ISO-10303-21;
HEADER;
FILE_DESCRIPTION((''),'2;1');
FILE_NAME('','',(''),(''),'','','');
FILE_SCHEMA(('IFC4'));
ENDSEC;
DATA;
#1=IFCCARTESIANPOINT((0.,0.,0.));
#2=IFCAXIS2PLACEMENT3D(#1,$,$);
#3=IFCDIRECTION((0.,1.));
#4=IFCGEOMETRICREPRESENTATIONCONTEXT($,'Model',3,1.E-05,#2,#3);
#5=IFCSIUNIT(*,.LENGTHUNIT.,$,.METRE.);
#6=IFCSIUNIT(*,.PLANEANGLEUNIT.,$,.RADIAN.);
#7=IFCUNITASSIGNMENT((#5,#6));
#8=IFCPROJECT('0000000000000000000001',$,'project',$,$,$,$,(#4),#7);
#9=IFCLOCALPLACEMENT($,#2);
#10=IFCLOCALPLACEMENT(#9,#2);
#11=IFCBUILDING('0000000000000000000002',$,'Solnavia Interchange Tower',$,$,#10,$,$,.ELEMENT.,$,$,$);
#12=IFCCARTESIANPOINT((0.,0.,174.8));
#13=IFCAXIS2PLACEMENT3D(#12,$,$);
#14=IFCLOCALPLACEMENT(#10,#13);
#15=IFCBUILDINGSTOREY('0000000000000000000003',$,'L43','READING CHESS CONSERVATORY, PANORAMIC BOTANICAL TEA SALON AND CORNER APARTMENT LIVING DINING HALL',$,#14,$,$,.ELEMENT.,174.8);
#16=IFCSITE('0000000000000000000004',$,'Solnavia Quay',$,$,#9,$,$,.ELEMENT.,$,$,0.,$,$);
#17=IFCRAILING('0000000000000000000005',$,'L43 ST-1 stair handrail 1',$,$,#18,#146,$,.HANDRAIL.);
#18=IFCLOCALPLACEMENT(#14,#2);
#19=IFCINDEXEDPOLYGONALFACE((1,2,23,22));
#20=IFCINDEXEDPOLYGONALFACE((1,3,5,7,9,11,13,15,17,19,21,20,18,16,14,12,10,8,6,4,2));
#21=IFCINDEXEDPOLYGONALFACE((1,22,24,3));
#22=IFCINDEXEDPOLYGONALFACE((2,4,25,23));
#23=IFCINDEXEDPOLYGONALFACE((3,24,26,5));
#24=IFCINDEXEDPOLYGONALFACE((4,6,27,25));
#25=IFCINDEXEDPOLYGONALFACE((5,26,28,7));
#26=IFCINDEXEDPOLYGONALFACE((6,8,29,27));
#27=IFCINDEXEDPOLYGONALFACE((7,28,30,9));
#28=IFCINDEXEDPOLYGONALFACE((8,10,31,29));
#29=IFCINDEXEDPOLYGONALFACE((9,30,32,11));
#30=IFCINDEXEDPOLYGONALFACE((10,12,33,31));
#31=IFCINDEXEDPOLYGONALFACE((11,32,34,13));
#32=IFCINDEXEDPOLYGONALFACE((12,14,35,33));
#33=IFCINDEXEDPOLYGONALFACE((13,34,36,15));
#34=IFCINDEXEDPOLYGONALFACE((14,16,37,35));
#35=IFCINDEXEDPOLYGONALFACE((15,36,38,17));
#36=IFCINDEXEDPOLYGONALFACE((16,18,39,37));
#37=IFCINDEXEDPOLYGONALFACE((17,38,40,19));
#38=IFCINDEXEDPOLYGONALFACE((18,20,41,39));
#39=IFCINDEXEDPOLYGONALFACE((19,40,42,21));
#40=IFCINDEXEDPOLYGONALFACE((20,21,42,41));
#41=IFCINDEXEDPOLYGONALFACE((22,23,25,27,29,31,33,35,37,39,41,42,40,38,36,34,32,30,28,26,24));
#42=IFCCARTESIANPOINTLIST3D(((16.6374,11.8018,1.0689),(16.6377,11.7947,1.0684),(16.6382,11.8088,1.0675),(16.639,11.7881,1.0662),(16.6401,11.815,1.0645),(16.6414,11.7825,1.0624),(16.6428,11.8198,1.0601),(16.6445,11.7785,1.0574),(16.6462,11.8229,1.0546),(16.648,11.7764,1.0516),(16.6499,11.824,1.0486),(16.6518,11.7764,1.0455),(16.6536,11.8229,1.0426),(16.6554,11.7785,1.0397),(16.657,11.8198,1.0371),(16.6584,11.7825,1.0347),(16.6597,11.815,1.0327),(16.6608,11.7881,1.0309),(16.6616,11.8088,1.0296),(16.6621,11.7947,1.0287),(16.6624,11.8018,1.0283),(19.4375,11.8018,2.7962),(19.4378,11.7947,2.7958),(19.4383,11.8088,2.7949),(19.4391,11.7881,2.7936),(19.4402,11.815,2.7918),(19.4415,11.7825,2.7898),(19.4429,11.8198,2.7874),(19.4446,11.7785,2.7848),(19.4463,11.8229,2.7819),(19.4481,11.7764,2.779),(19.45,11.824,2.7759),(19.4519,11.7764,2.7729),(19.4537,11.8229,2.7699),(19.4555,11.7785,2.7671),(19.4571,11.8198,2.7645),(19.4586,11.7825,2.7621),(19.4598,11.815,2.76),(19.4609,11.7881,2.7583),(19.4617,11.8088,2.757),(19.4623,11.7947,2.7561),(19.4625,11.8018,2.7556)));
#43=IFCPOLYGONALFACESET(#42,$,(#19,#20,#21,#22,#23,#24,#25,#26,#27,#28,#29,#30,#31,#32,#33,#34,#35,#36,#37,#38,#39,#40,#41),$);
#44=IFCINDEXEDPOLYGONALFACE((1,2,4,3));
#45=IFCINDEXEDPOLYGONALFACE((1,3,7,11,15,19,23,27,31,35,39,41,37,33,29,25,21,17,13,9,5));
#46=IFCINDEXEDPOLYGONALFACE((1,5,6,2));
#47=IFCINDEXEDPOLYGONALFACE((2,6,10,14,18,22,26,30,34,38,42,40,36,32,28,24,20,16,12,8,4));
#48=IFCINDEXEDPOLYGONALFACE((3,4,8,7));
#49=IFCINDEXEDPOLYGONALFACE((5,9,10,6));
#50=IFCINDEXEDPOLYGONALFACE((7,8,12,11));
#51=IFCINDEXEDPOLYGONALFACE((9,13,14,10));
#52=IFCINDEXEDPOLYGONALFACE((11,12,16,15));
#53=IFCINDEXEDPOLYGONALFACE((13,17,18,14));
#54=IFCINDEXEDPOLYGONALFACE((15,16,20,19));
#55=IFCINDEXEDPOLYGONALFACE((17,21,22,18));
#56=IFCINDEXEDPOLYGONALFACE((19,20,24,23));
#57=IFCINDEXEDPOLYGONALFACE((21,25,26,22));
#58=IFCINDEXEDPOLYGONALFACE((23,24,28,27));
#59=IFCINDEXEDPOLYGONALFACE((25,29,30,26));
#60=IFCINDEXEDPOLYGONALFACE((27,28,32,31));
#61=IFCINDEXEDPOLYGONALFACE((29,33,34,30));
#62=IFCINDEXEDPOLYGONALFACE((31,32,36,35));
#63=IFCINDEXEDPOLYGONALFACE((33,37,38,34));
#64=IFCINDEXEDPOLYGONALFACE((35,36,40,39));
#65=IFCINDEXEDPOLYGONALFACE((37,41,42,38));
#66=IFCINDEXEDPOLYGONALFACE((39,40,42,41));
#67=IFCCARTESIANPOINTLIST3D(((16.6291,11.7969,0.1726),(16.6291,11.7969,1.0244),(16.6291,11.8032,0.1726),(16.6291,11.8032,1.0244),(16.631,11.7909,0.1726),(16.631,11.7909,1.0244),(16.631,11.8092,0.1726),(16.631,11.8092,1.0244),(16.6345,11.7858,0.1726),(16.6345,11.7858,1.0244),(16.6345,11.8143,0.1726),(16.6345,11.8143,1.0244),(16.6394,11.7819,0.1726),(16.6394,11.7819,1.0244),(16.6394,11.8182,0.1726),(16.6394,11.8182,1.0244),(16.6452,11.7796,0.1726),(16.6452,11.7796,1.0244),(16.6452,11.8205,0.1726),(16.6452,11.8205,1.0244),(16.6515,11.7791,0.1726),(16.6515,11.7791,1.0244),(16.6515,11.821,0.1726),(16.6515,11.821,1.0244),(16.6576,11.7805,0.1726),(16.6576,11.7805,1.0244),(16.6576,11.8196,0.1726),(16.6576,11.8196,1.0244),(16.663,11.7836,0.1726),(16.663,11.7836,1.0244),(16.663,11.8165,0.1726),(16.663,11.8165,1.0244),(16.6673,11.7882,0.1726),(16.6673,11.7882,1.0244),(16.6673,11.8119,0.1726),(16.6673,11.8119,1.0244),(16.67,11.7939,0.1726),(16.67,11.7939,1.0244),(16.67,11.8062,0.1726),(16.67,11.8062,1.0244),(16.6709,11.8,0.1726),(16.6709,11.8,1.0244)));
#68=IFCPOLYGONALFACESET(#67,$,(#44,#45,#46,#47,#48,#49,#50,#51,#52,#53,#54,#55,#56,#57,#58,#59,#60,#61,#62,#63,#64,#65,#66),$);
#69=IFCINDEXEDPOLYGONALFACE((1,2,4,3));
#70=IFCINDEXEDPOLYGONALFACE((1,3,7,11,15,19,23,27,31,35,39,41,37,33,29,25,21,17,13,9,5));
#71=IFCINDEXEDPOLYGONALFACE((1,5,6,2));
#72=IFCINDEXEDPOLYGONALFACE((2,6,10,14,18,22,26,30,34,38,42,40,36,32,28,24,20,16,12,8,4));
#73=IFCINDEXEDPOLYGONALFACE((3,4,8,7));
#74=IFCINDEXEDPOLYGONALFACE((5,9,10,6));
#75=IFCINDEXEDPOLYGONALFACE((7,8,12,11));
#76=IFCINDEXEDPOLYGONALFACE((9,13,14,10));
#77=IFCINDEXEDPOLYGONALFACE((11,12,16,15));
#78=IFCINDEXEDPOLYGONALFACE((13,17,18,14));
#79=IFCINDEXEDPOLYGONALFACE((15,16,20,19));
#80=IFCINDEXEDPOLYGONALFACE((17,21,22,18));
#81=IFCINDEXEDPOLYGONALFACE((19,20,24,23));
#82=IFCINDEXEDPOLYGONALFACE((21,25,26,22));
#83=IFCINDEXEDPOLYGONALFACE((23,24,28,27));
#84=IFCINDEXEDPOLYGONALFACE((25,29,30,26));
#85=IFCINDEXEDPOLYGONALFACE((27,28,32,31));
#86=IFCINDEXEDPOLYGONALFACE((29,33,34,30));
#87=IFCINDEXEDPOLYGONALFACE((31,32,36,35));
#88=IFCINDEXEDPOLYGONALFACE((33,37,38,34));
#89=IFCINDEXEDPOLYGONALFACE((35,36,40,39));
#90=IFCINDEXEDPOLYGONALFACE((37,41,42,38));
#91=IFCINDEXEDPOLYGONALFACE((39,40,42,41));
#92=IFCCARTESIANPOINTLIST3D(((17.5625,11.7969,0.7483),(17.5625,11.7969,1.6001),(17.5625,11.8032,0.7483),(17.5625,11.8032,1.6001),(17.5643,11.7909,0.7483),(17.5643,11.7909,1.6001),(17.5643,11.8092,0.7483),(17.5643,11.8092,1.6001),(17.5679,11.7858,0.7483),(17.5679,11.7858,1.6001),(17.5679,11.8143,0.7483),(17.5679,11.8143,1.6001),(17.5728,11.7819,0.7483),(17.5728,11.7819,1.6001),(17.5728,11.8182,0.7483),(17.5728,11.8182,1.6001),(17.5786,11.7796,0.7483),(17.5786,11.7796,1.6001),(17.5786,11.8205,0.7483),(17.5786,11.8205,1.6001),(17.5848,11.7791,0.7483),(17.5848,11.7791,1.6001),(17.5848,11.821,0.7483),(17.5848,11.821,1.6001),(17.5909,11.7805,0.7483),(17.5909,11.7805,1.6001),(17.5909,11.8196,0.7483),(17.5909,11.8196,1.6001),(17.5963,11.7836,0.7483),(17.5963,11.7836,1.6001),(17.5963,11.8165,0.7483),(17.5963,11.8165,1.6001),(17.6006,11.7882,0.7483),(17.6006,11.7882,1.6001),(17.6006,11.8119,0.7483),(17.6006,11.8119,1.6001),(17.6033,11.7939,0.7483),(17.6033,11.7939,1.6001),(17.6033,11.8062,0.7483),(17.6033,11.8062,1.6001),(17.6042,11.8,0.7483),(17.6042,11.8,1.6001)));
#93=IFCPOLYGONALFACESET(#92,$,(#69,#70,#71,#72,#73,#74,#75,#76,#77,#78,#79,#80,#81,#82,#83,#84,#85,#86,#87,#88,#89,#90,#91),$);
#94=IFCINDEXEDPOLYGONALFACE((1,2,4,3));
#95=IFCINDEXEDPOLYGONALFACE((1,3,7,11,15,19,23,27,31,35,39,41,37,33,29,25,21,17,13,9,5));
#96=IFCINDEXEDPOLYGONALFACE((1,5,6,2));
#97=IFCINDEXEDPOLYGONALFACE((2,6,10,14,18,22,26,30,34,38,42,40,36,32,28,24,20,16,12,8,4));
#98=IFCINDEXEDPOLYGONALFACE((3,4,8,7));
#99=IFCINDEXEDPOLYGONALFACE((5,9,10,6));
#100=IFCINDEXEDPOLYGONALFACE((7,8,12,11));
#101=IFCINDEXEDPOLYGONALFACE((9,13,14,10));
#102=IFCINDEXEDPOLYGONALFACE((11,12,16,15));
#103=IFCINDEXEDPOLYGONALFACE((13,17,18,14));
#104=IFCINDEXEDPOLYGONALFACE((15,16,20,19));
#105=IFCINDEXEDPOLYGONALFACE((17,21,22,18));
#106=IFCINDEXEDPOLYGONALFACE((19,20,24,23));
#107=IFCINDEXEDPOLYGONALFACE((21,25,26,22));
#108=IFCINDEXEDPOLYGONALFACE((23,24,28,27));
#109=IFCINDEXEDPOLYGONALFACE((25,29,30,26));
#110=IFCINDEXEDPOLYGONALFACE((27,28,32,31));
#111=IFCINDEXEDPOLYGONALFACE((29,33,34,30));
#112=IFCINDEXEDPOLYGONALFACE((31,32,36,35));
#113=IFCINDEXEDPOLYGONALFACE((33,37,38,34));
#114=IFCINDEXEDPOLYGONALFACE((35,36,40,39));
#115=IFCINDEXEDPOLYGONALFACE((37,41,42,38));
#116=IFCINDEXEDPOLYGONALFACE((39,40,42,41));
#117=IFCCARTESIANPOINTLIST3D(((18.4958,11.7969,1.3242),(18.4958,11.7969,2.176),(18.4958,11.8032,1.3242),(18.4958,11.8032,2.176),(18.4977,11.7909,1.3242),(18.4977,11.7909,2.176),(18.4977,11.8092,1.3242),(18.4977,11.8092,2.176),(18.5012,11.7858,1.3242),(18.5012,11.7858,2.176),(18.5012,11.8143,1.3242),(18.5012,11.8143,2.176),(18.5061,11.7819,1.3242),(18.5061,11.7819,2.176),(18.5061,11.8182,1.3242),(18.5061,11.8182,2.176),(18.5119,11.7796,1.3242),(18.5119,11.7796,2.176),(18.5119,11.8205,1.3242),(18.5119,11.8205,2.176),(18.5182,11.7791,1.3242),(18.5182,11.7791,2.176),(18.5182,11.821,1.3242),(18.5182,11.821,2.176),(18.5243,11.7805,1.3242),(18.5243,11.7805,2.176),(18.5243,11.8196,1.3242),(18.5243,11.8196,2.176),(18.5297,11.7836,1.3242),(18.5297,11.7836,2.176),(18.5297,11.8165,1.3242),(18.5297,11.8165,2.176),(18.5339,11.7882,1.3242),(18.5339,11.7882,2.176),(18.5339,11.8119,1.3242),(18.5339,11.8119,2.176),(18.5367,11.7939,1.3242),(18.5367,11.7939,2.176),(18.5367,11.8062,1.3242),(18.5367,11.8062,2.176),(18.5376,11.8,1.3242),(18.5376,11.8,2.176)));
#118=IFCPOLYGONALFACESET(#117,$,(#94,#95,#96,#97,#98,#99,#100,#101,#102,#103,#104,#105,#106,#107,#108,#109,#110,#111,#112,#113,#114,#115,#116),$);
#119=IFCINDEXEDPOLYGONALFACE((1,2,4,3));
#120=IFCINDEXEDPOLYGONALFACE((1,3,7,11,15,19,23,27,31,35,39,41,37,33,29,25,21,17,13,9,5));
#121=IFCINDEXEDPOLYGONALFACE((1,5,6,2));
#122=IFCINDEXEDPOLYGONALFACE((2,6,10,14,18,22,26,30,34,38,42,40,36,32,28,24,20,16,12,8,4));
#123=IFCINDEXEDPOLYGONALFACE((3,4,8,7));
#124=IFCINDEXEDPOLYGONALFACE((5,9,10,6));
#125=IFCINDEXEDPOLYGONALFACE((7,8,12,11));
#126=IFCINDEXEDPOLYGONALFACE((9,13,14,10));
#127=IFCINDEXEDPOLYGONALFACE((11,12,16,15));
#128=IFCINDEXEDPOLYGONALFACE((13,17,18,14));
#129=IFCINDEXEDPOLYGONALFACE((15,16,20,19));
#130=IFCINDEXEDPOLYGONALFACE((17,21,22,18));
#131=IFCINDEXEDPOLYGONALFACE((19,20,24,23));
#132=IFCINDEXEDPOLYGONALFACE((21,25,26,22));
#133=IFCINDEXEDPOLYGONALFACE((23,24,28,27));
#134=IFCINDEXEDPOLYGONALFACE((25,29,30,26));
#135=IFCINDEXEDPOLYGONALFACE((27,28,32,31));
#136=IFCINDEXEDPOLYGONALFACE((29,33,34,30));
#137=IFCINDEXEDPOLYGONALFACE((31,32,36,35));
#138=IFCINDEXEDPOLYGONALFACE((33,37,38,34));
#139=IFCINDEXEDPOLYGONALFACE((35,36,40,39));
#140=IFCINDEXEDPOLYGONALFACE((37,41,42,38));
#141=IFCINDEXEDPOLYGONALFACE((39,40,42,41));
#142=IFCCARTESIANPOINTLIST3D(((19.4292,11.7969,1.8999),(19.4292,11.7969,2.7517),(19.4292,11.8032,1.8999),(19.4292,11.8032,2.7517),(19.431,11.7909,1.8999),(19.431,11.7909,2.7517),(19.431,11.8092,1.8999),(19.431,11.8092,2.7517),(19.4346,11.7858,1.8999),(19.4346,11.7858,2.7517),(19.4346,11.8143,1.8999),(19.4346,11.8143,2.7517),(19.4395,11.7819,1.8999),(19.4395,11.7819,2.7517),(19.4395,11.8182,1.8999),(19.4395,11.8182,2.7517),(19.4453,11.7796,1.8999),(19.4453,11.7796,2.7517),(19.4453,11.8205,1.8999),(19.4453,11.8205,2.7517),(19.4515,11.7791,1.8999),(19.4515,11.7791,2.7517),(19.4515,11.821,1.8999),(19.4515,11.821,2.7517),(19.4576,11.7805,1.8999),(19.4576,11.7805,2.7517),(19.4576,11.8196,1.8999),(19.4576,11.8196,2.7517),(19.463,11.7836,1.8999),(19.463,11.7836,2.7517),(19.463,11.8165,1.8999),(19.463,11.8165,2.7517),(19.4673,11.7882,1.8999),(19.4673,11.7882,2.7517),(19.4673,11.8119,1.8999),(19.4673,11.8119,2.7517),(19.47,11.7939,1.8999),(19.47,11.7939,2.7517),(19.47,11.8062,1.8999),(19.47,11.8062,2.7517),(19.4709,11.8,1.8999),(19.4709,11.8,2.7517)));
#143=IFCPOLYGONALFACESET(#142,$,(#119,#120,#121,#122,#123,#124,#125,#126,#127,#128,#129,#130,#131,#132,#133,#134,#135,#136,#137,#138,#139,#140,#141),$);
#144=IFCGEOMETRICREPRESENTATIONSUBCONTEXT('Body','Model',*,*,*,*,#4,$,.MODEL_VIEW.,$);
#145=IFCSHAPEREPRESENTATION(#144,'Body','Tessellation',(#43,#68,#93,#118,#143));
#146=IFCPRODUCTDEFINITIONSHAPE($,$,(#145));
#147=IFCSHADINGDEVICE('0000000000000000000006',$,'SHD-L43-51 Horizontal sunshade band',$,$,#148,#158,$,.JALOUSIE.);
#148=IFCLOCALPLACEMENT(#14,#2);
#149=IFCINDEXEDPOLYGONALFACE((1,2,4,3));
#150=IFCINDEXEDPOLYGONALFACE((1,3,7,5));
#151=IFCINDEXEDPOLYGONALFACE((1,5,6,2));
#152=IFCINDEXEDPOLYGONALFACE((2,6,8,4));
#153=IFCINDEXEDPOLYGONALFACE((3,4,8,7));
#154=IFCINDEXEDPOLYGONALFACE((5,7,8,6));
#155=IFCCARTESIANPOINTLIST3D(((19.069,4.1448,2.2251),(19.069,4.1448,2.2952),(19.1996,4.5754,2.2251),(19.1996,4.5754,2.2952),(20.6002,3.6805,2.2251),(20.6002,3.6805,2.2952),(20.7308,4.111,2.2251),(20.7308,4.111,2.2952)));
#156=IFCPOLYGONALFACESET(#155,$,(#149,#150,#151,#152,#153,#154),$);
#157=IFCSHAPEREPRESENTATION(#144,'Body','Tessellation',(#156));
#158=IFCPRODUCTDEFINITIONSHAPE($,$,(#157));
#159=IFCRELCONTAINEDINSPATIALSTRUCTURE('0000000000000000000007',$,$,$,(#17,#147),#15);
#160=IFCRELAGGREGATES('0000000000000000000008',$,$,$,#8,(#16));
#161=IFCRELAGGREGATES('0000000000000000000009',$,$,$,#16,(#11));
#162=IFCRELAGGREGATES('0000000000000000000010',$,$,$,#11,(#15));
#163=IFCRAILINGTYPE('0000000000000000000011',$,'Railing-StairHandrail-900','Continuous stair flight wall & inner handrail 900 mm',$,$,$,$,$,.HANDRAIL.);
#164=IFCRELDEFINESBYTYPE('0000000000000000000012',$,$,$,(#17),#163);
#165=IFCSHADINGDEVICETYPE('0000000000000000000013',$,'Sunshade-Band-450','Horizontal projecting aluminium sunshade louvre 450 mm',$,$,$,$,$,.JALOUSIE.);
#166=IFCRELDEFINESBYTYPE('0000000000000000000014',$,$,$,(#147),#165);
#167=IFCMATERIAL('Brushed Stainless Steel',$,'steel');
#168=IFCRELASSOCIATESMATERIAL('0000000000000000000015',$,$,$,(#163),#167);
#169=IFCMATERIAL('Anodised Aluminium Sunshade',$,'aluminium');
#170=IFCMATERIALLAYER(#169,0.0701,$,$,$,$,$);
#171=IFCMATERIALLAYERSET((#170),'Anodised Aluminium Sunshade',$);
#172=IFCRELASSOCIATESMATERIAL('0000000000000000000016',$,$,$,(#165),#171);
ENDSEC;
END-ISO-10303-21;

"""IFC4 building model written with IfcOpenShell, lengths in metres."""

from ifc_helpers import new_model, si_unit, direction, frame, origin, origin_2d, place, context, subcontext, project, spatial, rectangle, circle, extrude, material, layer, layer_set, type_object, element, save


model = new_model("IFC4")

# Units and contexts
model_context = context("Model", 3, precision=1e-05, world=origin(), true_north=direction((0.0, 1.0)))
body_context = subcontext(model_context, "Body", "Model", "MODEL_VIEW")
ifc_project = project(units=[si_unit("LENGTHUNIT", "METRE"), si_unit("PLANEANGLEUNIT", "RADIAN")], contexts=[model_context])

# Site, building, storey
site_placement = place(None, origin())
site = spatial("IfcSite", under=ifc_project, at=site_placement, Name="Solnavia Quay", CompositionType="ELEMENT", RefElevation=0.0)
building_placement = place(site_placement, origin())
building = spatial("IfcBuilding", under=site, at=building_placement, Name="Solnavia Interchange Tower", CompositionType="ELEMENT")
storey_placement = place(building_placement, frame((0.0, 0.0, 174.8)))
storey = spatial("IfcBuildingStorey", under=building, at=storey_placement, Name="L43", Description="READING CHESS CONSERVATORY, PANORAMIC BOTANICAL TEA SALON AND CORNER APARTMENT LIVING DINING HALL", CompositionType="ELEMENT", Elevation=174.8)

# Railing
ifc_material_1 = material(Name="Brushed Stainless Steel", Category="steel")
railing_type_1 = type_object("IfcRailingType", Name="Railing-StairHandrail-900", Description="Continuous stair flight wall & inner handrail 900 mm", PredefinedType="HANDRAIL", material=ifc_material_1)
railing_1_placement = place(storey_placement, frame((16.6499, 11.8, 0.1726)))
element("IfcRailing", 1, at=railing_1_placement, inside=storey, type_object=railing_type_1, Name="L43 ST-1 stair handrail 1", PredefinedType="HANDRAIL", context=body_context, shape_type="SweptSolid", body=[
    extrude(circle(Radius=0.0239, at=origin_2d()), frame((0.0, 0.0, 0.876), z_axis=(0.85109, 0.0, 0.52502), x_axis=(0.0, 1.0, 0.0)), (0.0, 0.0, 1.0), 3.29),
    extrude(circle(Radius=0.021, at=origin_2d()), origin(), (0.0, 0.0, 1.0), 0.8518),
    extrude(circle(Radius=0.021, at=origin_2d()), frame((0.9333, 0.0, 0.5757)), (0.0, 0.0, 1.0), 0.8518),
    extrude(circle(Radius=0.021, at=origin_2d()), frame((1.8667, 0.0, 1.1516)), (0.0, 0.0, 1.0), 0.8518),
    extrude(circle(Radius=0.021, at=origin_2d()), frame((2.8, 0.0, 1.7273)), (0.0, 0.0, 1.0), 0.8518),
])

# Shading device
ifc_material_2 = material(Name="Anodised Aluminium Sunshade", Category="aluminium")
ifc_layer_1 = layer(ifc_material_2, 0.0701)
ifc_layer_set_1 = layer_set([ifc_layer_1], Name="Anodised Aluminium Sunshade")
shading_device_type = type_object("IfcShadingDeviceType", Name="Sunshade-Band-450", Description="Horizontal projecting aluminium sunshade louvre 450 mm", PredefinedType="JALOUSIE", material=ifc_layer_set_1)
shading_device_placement = place(storey_placement, frame((19.8999, 4.1279, 2.2251), z_axis=(0.0, 0.0, 1.0), x_axis=(-0.956966, 0.290201, 0.0)))
element("IfcShadingDevice", 2, at=shading_device_placement, inside=storey, type_object=shading_device_type, Name="SHD-L43-51 Horizontal sunshade band", PredefinedType="JALOUSIE", context=body_context, shape_type="SweptSolid", body=[
    extrude(rectangle(XDim=1.6001, YDim=0.45, at=origin_2d()), origin(), (0.0, 0.0, 1.0), 0.0701),
])

save(model, "model.ifc")
